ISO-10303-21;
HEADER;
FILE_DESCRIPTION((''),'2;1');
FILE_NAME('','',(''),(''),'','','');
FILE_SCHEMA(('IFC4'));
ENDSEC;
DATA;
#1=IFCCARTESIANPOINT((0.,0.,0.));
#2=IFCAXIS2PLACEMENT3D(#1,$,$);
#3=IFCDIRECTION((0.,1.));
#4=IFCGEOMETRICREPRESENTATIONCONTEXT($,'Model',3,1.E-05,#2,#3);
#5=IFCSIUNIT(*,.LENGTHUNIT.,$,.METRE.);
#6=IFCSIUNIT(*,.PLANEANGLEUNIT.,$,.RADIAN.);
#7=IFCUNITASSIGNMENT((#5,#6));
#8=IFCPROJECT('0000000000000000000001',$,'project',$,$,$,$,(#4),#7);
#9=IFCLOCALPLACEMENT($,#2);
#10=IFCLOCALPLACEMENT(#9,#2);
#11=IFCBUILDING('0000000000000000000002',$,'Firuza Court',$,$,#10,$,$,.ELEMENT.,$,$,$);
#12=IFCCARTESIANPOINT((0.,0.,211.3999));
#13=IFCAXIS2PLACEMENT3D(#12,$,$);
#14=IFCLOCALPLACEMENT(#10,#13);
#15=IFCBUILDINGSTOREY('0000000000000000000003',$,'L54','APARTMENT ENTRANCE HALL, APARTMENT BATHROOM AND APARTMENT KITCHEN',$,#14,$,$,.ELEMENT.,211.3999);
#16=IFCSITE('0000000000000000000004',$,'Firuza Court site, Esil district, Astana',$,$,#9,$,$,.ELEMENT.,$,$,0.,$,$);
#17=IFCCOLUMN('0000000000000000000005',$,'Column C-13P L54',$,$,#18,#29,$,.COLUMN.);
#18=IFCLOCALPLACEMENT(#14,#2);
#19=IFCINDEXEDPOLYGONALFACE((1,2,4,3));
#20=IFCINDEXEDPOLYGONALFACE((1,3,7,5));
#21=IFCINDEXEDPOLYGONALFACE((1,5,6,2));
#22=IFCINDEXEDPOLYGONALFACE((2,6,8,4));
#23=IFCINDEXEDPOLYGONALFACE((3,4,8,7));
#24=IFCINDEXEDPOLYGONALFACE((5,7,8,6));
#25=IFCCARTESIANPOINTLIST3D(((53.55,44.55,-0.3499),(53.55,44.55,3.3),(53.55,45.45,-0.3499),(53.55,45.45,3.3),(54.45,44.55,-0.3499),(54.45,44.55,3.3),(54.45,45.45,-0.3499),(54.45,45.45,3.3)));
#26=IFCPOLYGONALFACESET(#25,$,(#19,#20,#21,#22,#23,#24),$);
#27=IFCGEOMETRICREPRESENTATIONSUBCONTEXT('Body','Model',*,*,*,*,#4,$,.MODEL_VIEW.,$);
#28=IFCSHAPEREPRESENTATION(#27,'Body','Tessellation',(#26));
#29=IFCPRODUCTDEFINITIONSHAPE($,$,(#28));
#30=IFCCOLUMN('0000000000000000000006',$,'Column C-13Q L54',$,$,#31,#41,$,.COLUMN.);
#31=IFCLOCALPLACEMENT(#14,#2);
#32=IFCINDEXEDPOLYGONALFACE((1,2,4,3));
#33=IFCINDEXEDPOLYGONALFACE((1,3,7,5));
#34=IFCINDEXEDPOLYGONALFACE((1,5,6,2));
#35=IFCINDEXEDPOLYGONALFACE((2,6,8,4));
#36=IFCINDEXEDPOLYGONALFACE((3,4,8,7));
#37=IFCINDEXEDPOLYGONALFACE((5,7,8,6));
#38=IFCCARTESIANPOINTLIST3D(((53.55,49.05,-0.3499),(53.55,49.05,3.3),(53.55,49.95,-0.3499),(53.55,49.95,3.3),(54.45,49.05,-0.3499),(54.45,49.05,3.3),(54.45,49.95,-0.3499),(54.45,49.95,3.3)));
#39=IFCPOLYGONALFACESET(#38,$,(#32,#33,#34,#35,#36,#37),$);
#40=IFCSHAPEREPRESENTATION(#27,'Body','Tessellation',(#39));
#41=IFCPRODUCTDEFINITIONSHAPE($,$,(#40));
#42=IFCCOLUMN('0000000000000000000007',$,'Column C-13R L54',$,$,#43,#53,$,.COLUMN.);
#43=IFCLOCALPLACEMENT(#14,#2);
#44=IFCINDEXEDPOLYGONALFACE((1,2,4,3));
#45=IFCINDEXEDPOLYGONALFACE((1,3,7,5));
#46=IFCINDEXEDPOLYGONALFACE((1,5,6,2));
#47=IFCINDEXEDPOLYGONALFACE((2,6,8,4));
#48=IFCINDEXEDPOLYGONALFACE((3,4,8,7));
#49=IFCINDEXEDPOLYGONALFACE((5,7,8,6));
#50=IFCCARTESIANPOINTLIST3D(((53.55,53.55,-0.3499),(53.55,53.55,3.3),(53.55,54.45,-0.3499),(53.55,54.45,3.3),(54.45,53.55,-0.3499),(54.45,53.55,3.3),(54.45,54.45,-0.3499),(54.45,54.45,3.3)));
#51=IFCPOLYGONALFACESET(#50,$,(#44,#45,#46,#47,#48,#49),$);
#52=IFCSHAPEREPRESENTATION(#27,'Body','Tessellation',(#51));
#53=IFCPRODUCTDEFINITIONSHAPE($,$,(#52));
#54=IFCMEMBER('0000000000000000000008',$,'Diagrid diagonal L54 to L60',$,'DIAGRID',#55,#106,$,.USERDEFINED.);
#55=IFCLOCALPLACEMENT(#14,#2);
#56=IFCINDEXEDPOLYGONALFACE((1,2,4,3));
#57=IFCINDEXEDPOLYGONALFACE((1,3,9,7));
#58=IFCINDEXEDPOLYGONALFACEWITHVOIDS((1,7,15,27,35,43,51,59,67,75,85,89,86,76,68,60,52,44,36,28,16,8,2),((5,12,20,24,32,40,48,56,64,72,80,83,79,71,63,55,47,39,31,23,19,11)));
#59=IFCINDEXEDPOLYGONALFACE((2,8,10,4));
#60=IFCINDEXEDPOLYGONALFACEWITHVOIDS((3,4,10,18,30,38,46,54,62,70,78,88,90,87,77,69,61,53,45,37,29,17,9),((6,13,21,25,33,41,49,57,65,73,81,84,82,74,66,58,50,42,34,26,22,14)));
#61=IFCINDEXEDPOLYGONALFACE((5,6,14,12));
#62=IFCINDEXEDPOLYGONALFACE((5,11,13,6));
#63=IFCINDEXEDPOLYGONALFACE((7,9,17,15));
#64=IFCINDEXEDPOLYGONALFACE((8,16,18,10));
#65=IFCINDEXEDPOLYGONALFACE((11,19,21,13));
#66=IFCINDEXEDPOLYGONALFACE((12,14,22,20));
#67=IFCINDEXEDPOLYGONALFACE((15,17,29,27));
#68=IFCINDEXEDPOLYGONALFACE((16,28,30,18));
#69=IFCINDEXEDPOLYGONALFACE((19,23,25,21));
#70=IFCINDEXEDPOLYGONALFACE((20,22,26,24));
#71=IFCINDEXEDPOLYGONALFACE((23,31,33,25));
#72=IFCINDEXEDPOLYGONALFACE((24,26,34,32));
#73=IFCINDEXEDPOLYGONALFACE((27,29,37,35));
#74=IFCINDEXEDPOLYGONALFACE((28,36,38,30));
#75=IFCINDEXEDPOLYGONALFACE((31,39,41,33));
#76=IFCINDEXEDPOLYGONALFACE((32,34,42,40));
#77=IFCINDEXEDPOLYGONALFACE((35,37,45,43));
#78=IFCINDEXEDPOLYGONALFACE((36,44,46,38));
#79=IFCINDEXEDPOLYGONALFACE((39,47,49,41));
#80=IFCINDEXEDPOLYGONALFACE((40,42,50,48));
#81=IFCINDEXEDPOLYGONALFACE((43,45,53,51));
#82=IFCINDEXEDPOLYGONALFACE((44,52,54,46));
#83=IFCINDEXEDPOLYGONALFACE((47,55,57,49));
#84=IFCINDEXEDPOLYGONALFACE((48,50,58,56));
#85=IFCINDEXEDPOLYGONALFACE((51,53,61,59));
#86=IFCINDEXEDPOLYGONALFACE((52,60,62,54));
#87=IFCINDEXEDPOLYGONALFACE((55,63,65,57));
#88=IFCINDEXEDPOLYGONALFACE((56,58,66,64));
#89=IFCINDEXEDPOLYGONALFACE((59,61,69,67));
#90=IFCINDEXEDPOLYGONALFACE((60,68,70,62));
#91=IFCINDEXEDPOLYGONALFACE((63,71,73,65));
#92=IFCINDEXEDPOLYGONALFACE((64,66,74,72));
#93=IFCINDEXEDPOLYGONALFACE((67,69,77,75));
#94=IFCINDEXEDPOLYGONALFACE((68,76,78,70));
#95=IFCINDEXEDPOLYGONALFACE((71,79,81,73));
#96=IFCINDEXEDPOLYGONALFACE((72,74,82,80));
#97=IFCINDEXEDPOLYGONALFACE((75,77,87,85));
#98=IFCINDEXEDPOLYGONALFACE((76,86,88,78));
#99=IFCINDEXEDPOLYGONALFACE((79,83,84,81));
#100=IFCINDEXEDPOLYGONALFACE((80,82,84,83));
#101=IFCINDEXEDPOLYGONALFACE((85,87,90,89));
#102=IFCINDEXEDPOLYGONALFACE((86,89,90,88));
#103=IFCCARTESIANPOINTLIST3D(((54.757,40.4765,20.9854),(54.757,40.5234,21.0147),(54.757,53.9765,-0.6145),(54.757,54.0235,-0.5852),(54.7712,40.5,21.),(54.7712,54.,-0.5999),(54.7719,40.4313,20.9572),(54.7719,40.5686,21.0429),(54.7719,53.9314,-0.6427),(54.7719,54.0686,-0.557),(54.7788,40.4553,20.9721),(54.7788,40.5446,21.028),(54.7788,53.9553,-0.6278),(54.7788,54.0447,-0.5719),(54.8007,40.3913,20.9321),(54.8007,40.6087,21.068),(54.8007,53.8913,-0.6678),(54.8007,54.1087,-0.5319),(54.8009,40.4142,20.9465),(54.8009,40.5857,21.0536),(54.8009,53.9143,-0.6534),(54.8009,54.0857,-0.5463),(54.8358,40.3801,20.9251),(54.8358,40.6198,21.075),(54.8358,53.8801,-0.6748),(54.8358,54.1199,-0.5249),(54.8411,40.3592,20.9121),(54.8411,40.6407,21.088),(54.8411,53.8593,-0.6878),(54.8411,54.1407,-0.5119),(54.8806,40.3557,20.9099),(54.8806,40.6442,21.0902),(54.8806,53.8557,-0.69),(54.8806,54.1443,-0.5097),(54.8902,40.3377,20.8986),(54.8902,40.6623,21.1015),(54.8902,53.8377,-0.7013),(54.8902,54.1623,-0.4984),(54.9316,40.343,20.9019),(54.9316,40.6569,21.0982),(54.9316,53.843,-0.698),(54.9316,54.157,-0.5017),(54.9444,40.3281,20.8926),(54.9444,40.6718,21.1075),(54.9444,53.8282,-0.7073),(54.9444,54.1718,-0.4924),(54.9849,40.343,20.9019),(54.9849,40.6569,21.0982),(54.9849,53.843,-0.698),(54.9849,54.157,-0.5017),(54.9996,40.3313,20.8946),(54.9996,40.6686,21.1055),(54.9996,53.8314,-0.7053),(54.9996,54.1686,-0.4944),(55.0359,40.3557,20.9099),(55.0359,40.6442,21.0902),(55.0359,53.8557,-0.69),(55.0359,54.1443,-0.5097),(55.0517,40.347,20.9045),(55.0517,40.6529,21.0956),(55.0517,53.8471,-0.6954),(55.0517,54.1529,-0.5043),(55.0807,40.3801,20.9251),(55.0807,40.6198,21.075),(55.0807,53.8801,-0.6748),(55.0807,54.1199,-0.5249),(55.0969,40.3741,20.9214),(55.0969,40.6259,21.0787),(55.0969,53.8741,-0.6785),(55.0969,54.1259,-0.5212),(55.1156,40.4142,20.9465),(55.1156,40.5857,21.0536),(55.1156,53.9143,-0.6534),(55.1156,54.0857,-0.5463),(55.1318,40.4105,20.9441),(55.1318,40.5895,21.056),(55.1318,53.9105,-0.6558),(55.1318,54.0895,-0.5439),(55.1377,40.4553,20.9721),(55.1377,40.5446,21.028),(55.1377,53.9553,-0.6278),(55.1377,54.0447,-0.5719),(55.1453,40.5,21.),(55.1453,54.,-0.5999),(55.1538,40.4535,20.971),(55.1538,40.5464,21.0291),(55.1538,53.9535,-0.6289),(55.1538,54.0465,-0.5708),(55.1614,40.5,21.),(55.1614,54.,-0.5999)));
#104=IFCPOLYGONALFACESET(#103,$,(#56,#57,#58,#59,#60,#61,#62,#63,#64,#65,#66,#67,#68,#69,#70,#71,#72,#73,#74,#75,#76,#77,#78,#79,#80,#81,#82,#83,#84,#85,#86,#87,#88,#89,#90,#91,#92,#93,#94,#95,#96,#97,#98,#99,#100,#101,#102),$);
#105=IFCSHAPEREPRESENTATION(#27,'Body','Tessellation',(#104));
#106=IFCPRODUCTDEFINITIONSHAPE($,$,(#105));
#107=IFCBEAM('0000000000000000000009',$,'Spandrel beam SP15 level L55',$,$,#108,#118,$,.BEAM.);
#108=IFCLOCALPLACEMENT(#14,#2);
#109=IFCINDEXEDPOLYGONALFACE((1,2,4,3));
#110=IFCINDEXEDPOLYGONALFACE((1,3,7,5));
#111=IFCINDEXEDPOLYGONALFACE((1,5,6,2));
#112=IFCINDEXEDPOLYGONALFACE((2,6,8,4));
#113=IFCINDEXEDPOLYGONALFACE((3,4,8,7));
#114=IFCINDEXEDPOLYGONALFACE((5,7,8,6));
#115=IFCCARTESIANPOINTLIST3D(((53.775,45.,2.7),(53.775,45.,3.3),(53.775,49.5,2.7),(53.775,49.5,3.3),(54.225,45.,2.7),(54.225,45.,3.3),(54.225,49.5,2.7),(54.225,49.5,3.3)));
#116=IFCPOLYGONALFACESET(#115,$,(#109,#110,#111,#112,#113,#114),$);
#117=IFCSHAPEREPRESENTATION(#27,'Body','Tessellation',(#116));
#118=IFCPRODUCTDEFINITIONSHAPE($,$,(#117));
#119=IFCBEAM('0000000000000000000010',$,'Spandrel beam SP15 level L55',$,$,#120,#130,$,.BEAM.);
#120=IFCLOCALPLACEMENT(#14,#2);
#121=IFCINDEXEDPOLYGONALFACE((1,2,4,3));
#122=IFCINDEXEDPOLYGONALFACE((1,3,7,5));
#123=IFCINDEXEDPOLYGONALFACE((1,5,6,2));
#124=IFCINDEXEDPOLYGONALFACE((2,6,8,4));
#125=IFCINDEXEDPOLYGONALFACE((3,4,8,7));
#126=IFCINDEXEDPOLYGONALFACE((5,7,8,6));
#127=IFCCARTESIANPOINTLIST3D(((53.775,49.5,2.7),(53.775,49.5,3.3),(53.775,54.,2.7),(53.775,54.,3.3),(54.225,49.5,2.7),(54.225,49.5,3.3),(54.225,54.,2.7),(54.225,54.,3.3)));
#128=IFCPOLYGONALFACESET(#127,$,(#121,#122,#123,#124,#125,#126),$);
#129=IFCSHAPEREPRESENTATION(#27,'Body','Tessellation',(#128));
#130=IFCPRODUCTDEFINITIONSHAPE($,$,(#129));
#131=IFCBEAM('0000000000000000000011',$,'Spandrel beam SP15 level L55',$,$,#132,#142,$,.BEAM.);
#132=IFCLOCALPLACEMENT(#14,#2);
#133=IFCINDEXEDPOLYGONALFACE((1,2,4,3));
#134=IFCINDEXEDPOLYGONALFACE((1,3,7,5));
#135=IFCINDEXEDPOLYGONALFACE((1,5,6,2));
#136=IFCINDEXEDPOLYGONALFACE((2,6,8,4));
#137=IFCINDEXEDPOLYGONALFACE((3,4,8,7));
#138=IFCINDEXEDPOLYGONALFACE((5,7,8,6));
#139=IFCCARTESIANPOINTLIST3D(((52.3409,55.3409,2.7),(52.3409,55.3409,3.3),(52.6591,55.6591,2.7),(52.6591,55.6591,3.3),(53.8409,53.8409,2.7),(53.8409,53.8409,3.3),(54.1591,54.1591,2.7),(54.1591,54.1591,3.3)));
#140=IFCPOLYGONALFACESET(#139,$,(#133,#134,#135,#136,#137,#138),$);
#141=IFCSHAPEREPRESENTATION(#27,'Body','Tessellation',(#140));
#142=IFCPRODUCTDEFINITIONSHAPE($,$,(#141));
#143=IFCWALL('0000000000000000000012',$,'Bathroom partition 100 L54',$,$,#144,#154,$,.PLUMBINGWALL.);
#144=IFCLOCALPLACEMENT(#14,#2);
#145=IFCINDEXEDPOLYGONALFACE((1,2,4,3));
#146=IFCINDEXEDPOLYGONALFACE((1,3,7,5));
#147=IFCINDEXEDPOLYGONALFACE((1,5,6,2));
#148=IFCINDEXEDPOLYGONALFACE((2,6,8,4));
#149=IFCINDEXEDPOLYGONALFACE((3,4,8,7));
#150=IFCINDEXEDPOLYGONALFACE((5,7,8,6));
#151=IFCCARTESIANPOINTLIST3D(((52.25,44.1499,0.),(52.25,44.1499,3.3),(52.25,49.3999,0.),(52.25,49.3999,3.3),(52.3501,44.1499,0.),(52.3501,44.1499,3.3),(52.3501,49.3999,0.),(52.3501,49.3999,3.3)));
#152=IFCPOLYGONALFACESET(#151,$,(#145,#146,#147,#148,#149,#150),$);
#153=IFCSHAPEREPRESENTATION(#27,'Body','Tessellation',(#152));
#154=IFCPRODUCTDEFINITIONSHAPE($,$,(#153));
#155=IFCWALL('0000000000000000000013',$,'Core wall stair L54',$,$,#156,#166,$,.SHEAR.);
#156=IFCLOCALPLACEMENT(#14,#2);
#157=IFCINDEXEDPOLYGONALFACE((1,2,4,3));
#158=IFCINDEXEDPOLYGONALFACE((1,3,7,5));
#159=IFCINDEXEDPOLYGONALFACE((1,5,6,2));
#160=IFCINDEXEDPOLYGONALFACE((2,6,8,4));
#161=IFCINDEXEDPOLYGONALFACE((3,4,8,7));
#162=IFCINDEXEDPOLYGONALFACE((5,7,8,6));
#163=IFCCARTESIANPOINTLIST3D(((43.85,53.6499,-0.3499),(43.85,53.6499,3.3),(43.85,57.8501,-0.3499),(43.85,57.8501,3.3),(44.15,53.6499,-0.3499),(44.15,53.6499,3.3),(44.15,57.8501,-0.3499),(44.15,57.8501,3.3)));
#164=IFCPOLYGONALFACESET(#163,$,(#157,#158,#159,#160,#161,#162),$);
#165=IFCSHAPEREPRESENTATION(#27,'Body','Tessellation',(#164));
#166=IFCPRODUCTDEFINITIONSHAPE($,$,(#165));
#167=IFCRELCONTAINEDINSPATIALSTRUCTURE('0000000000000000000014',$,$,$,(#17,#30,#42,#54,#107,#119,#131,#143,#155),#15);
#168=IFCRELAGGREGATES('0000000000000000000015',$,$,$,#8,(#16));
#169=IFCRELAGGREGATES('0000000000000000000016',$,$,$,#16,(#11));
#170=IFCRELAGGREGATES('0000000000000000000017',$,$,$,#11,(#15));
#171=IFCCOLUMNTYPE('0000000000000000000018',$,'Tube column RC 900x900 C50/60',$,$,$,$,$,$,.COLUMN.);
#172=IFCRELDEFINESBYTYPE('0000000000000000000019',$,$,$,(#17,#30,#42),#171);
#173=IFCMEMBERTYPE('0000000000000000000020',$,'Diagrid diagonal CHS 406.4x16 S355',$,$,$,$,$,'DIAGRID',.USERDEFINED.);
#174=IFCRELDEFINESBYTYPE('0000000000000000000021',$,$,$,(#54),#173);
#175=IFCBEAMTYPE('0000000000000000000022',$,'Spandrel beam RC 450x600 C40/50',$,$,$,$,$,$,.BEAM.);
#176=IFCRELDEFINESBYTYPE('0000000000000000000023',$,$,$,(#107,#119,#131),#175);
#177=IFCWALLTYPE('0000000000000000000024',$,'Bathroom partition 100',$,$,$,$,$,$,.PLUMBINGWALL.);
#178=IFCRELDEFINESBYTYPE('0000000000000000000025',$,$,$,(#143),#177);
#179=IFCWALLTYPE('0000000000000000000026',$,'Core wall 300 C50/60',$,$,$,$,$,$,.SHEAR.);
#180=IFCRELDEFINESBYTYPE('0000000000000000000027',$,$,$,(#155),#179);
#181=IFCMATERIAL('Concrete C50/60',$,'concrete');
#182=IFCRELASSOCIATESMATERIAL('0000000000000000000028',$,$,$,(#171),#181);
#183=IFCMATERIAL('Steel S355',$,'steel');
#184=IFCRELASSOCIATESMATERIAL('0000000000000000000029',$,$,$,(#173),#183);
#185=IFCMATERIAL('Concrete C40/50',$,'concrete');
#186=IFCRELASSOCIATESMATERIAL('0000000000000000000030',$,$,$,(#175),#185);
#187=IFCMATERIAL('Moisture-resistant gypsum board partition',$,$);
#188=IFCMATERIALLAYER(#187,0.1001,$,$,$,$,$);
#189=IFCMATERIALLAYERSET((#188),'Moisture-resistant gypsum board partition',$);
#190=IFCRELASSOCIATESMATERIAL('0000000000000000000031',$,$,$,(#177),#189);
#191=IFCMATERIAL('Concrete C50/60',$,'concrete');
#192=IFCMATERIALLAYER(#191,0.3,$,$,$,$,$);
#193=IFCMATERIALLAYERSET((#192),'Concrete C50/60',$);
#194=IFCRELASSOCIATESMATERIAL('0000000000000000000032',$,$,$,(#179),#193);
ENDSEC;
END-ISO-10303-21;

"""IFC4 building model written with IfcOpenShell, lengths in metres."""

from ifc_helpers import new_model, si_unit, direction, frame, frame_2d, origin, origin_2d, place, context, subcontext, project, spatial, rectangle, hollow_circle, extrude, material, layer, layer_set, material_profile, profile_set, type_object, element, save


model = new_model("IFC4")

# Units and contexts
model_context = context("Model", 3, precision=1e-05, world=origin(), true_north=direction((0.0, 1.0)))
body_context = subcontext(model_context, "Body", "Model", "MODEL_VIEW")
ifc_project = project(units=[si_unit("LENGTHUNIT", "METRE"), si_unit("PLANEANGLEUNIT", "RADIAN")], contexts=[model_context])

# Site, building, storey
site_placement = place(None, origin())
site = spatial("IfcSite", under=ifc_project, at=site_placement, Name="Firuza Court site, Esil district, Astana", CompositionType="ELEMENT", RefElevation=0.0)
building_placement = place(site_placement, origin())
building = spatial("IfcBuilding", under=site, at=building_placement, Name="Firuza Court", CompositionType="ELEMENT")
storey_placement = place(building_placement, frame((0.0, 0.0, 211.3999)))
storey = spatial("IfcBuildingStorey", under=building, at=storey_placement, Name="L54", Description="APARTMENT ENTRANCE HALL, APARTMENT BATHROOM AND APARTMENT KITCHEN", CompositionType="ELEMENT", Elevation=211.3999)

# Columns
ifc_material_1 = material(Name="Concrete C50/60", Category="concrete")
ifc_material_profile_1 = material_profile(ifc_material_1, rectangle(XDim=0.8999, YDim=0.8999, at=origin_2d()), Name="RC 900x900")
ifc_profile_set_1 = profile_set([ifc_material_profile_1], Name="Concrete C50/60")
column_type = type_object("IfcColumnType", Name="Tube column RC 900x900 C50/60", PredefinedType="COLUMN", material=ifc_profile_set_1)
for number, where, z_axis, x_axis, name in (
    (1, (54.0, 45.0, -0.3499), (0.0, 0.0, 1.0), (1.0, 0.0, 0.0), "Column C-13P L54"),
    (2, (54.0, 49.5, -0.3499), (0.0, 0.0, 1.0), (1.0, 0.0, 0.0), "Column C-13Q L54"),
    (3, (54.0, 54.0, -0.3499), (0.0, 0.0, 1.0), (1.0, 0.0, 0.0), "Column C-13R L54"),
):
    element("IfcColumn", number, at=place(storey_placement, frame(where, z_axis=z_axis, x_axis=x_axis)), inside=storey, type_object=column_type, Name=name, PredefinedType="COLUMN", context=body_context, shape_type="SweptSolid", body=[
        extrude(rectangle(XDim=0.8999, YDim=0.8999, at=origin_2d()), origin(), (0.0, 0.0, 1.0), 3.6499),
    ])

# Member
ifc_material_2 = material(Name="Steel S355", Category="steel")
ifc_material_profile_2 = material_profile(ifc_material_2, hollow_circle(Radius=0.2031, WallThickness=0.0161, at=origin_2d()), Name="CHS 406.4x16")
ifc_profile_set_2 = profile_set([ifc_material_profile_2], Name="Steel S355")
member_type = type_object("IfcMemberType", Name="Diagrid diagonal CHS 406.4x16 S355", ElementType="DIAGRID", PredefinedType="USERDEFINED", material=ifc_profile_set_2)
member_placement = place(storey_placement, frame((54.9583, 54.0, -0.5999), z_axis=(0.0, -0.530002, 0.847997), x_axis=(1.0, 0.0, 0.0)))
element("IfcMember", 4, at=member_placement, inside=storey, type_object=member_type, Name="Diagrid diagonal L54 to L60", ObjectType="DIAGRID", PredefinedType="USERDEFINED", context=body_context, shape_type="SweptSolid", body=[
    extrude(hollow_circle(Radius=0.2031, WallThickness=0.0161, at=origin_2d()), origin(), (0.0, 0.0, 1.0), 25.4717),
])

# Beams
ifc_material_3 = material(Name="Concrete C40/50", Category="concrete")
ifc_material_profile_3 = material_profile(ifc_material_3, rectangle(XDim=0.45, YDim=0.6001, at=origin_2d()), Name="RC 450x600")
ifc_profile_set_3 = profile_set([ifc_material_profile_3], Name="Concrete C40/50")
beam_type = type_object("IfcBeamType", Name="Spandrel beam RC 450x600 C40/50", PredefinedType="BEAM", material=ifc_profile_set_3)
for number, where, z_axis, x_axis, name in (
    (5, (54.0, 45.0, 3.0), (0.0, 1.0, 0.0), (-1.0, 0.0, 0.0), "Spandrel beam SP15 level L55"),
    (6, (54.0, 49.5, 3.0), (0.0, 1.0, 0.0), (-1.0, 0.0, 0.0), "Spandrel beam SP15 level L55"),
):
    element("IfcBeam", number, at=place(storey_placement, frame(where, z_axis=z_axis, x_axis=x_axis)), inside=storey, type_object=beam_type, Name=name, PredefinedType="BEAM", context=body_context, shape_type="SweptSolid", body=[
        extrude(rectangle(XDim=0.45, YDim=0.6001, at=origin_2d()), origin(), (0.0, 0.0, 1.0), 4.5),
    ])
beam_placement = place(storey_placement, frame((54.0, 54.0, 3.0), z_axis=(-0.707107, 0.707107, 0.0), x_axis=(-0.707107, -0.707107, 0.0)))
element("IfcBeam", 7, at=beam_placement, inside=storey, type_object=beam_type, Name="Spandrel beam SP15 level L55", PredefinedType="BEAM", context=body_context, shape_type="SweptSolid", body=[
    extrude(rectangle(XDim=0.45, YDim=0.6001, at=origin_2d()), origin(), (0.0, 0.0, 1.0), 2.1213),
])

# Walls
ifc_material_4 = material(Name="Moisture-resistant gypsum board partition")
ifc_layer_1 = layer(ifc_material_4, 0.1001)
ifc_layer_set_1 = layer_set([ifc_layer_1], Name="Moisture-resistant gypsum board partition")
wall_type_1 = type_object("IfcWallType", Name="Bathroom partition 100", PredefinedType="PLUMBINGWALL", material=ifc_layer_set_1)
wall_1_placement = place(storey_placement, frame((52.3, 44.1499, 0.0), z_axis=(0.0, 0.0, 1.0), x_axis=(0.0, 1.0, 0.0)))
element("IfcWall", 8, at=wall_1_placement, inside=storey, type_object=wall_type_1, Name="Bathroom partition 100 L54", PredefinedType="PLUMBINGWALL", context=body_context, shape_type="SweptSolid", body=[
    extrude(rectangle(XDim=5.25, YDim=0.1001, at=frame_2d((2.625, 0.0))), origin(), (0.0, 0.0, 1.0), 3.3),
])
ifc_material_5 = material(Name="Concrete C50/60", Category="concrete")
ifc_layer_2 = layer(ifc_material_5, 0.3)
ifc_layer_set_2 = layer_set([ifc_layer_2], Name="Concrete C50/60")
wall_type_2 = type_object("IfcWallType", Name="Core wall 300 C50/60", PredefinedType="SHEAR", material=ifc_layer_set_2)
wall_2_placement = place(storey_placement, frame((44.0, 53.6499, -0.3499), z_axis=(0.0, 0.0, 1.0), x_axis=(0.0, 1.0, 0.0)))
element("IfcWall", 9, at=wall_2_placement, inside=storey, type_object=wall_type_2, Name="Core wall stair L54", PredefinedType="SHEAR", context=body_context, shape_type="SweptSolid", body=[
    extrude(rectangle(XDim=4.2002, YDim=0.3, at=frame_2d((2.1001, 0.0))), origin(), (0.0, 0.0, 1.0), 3.6499),
])

save(model, "model.ifc")
